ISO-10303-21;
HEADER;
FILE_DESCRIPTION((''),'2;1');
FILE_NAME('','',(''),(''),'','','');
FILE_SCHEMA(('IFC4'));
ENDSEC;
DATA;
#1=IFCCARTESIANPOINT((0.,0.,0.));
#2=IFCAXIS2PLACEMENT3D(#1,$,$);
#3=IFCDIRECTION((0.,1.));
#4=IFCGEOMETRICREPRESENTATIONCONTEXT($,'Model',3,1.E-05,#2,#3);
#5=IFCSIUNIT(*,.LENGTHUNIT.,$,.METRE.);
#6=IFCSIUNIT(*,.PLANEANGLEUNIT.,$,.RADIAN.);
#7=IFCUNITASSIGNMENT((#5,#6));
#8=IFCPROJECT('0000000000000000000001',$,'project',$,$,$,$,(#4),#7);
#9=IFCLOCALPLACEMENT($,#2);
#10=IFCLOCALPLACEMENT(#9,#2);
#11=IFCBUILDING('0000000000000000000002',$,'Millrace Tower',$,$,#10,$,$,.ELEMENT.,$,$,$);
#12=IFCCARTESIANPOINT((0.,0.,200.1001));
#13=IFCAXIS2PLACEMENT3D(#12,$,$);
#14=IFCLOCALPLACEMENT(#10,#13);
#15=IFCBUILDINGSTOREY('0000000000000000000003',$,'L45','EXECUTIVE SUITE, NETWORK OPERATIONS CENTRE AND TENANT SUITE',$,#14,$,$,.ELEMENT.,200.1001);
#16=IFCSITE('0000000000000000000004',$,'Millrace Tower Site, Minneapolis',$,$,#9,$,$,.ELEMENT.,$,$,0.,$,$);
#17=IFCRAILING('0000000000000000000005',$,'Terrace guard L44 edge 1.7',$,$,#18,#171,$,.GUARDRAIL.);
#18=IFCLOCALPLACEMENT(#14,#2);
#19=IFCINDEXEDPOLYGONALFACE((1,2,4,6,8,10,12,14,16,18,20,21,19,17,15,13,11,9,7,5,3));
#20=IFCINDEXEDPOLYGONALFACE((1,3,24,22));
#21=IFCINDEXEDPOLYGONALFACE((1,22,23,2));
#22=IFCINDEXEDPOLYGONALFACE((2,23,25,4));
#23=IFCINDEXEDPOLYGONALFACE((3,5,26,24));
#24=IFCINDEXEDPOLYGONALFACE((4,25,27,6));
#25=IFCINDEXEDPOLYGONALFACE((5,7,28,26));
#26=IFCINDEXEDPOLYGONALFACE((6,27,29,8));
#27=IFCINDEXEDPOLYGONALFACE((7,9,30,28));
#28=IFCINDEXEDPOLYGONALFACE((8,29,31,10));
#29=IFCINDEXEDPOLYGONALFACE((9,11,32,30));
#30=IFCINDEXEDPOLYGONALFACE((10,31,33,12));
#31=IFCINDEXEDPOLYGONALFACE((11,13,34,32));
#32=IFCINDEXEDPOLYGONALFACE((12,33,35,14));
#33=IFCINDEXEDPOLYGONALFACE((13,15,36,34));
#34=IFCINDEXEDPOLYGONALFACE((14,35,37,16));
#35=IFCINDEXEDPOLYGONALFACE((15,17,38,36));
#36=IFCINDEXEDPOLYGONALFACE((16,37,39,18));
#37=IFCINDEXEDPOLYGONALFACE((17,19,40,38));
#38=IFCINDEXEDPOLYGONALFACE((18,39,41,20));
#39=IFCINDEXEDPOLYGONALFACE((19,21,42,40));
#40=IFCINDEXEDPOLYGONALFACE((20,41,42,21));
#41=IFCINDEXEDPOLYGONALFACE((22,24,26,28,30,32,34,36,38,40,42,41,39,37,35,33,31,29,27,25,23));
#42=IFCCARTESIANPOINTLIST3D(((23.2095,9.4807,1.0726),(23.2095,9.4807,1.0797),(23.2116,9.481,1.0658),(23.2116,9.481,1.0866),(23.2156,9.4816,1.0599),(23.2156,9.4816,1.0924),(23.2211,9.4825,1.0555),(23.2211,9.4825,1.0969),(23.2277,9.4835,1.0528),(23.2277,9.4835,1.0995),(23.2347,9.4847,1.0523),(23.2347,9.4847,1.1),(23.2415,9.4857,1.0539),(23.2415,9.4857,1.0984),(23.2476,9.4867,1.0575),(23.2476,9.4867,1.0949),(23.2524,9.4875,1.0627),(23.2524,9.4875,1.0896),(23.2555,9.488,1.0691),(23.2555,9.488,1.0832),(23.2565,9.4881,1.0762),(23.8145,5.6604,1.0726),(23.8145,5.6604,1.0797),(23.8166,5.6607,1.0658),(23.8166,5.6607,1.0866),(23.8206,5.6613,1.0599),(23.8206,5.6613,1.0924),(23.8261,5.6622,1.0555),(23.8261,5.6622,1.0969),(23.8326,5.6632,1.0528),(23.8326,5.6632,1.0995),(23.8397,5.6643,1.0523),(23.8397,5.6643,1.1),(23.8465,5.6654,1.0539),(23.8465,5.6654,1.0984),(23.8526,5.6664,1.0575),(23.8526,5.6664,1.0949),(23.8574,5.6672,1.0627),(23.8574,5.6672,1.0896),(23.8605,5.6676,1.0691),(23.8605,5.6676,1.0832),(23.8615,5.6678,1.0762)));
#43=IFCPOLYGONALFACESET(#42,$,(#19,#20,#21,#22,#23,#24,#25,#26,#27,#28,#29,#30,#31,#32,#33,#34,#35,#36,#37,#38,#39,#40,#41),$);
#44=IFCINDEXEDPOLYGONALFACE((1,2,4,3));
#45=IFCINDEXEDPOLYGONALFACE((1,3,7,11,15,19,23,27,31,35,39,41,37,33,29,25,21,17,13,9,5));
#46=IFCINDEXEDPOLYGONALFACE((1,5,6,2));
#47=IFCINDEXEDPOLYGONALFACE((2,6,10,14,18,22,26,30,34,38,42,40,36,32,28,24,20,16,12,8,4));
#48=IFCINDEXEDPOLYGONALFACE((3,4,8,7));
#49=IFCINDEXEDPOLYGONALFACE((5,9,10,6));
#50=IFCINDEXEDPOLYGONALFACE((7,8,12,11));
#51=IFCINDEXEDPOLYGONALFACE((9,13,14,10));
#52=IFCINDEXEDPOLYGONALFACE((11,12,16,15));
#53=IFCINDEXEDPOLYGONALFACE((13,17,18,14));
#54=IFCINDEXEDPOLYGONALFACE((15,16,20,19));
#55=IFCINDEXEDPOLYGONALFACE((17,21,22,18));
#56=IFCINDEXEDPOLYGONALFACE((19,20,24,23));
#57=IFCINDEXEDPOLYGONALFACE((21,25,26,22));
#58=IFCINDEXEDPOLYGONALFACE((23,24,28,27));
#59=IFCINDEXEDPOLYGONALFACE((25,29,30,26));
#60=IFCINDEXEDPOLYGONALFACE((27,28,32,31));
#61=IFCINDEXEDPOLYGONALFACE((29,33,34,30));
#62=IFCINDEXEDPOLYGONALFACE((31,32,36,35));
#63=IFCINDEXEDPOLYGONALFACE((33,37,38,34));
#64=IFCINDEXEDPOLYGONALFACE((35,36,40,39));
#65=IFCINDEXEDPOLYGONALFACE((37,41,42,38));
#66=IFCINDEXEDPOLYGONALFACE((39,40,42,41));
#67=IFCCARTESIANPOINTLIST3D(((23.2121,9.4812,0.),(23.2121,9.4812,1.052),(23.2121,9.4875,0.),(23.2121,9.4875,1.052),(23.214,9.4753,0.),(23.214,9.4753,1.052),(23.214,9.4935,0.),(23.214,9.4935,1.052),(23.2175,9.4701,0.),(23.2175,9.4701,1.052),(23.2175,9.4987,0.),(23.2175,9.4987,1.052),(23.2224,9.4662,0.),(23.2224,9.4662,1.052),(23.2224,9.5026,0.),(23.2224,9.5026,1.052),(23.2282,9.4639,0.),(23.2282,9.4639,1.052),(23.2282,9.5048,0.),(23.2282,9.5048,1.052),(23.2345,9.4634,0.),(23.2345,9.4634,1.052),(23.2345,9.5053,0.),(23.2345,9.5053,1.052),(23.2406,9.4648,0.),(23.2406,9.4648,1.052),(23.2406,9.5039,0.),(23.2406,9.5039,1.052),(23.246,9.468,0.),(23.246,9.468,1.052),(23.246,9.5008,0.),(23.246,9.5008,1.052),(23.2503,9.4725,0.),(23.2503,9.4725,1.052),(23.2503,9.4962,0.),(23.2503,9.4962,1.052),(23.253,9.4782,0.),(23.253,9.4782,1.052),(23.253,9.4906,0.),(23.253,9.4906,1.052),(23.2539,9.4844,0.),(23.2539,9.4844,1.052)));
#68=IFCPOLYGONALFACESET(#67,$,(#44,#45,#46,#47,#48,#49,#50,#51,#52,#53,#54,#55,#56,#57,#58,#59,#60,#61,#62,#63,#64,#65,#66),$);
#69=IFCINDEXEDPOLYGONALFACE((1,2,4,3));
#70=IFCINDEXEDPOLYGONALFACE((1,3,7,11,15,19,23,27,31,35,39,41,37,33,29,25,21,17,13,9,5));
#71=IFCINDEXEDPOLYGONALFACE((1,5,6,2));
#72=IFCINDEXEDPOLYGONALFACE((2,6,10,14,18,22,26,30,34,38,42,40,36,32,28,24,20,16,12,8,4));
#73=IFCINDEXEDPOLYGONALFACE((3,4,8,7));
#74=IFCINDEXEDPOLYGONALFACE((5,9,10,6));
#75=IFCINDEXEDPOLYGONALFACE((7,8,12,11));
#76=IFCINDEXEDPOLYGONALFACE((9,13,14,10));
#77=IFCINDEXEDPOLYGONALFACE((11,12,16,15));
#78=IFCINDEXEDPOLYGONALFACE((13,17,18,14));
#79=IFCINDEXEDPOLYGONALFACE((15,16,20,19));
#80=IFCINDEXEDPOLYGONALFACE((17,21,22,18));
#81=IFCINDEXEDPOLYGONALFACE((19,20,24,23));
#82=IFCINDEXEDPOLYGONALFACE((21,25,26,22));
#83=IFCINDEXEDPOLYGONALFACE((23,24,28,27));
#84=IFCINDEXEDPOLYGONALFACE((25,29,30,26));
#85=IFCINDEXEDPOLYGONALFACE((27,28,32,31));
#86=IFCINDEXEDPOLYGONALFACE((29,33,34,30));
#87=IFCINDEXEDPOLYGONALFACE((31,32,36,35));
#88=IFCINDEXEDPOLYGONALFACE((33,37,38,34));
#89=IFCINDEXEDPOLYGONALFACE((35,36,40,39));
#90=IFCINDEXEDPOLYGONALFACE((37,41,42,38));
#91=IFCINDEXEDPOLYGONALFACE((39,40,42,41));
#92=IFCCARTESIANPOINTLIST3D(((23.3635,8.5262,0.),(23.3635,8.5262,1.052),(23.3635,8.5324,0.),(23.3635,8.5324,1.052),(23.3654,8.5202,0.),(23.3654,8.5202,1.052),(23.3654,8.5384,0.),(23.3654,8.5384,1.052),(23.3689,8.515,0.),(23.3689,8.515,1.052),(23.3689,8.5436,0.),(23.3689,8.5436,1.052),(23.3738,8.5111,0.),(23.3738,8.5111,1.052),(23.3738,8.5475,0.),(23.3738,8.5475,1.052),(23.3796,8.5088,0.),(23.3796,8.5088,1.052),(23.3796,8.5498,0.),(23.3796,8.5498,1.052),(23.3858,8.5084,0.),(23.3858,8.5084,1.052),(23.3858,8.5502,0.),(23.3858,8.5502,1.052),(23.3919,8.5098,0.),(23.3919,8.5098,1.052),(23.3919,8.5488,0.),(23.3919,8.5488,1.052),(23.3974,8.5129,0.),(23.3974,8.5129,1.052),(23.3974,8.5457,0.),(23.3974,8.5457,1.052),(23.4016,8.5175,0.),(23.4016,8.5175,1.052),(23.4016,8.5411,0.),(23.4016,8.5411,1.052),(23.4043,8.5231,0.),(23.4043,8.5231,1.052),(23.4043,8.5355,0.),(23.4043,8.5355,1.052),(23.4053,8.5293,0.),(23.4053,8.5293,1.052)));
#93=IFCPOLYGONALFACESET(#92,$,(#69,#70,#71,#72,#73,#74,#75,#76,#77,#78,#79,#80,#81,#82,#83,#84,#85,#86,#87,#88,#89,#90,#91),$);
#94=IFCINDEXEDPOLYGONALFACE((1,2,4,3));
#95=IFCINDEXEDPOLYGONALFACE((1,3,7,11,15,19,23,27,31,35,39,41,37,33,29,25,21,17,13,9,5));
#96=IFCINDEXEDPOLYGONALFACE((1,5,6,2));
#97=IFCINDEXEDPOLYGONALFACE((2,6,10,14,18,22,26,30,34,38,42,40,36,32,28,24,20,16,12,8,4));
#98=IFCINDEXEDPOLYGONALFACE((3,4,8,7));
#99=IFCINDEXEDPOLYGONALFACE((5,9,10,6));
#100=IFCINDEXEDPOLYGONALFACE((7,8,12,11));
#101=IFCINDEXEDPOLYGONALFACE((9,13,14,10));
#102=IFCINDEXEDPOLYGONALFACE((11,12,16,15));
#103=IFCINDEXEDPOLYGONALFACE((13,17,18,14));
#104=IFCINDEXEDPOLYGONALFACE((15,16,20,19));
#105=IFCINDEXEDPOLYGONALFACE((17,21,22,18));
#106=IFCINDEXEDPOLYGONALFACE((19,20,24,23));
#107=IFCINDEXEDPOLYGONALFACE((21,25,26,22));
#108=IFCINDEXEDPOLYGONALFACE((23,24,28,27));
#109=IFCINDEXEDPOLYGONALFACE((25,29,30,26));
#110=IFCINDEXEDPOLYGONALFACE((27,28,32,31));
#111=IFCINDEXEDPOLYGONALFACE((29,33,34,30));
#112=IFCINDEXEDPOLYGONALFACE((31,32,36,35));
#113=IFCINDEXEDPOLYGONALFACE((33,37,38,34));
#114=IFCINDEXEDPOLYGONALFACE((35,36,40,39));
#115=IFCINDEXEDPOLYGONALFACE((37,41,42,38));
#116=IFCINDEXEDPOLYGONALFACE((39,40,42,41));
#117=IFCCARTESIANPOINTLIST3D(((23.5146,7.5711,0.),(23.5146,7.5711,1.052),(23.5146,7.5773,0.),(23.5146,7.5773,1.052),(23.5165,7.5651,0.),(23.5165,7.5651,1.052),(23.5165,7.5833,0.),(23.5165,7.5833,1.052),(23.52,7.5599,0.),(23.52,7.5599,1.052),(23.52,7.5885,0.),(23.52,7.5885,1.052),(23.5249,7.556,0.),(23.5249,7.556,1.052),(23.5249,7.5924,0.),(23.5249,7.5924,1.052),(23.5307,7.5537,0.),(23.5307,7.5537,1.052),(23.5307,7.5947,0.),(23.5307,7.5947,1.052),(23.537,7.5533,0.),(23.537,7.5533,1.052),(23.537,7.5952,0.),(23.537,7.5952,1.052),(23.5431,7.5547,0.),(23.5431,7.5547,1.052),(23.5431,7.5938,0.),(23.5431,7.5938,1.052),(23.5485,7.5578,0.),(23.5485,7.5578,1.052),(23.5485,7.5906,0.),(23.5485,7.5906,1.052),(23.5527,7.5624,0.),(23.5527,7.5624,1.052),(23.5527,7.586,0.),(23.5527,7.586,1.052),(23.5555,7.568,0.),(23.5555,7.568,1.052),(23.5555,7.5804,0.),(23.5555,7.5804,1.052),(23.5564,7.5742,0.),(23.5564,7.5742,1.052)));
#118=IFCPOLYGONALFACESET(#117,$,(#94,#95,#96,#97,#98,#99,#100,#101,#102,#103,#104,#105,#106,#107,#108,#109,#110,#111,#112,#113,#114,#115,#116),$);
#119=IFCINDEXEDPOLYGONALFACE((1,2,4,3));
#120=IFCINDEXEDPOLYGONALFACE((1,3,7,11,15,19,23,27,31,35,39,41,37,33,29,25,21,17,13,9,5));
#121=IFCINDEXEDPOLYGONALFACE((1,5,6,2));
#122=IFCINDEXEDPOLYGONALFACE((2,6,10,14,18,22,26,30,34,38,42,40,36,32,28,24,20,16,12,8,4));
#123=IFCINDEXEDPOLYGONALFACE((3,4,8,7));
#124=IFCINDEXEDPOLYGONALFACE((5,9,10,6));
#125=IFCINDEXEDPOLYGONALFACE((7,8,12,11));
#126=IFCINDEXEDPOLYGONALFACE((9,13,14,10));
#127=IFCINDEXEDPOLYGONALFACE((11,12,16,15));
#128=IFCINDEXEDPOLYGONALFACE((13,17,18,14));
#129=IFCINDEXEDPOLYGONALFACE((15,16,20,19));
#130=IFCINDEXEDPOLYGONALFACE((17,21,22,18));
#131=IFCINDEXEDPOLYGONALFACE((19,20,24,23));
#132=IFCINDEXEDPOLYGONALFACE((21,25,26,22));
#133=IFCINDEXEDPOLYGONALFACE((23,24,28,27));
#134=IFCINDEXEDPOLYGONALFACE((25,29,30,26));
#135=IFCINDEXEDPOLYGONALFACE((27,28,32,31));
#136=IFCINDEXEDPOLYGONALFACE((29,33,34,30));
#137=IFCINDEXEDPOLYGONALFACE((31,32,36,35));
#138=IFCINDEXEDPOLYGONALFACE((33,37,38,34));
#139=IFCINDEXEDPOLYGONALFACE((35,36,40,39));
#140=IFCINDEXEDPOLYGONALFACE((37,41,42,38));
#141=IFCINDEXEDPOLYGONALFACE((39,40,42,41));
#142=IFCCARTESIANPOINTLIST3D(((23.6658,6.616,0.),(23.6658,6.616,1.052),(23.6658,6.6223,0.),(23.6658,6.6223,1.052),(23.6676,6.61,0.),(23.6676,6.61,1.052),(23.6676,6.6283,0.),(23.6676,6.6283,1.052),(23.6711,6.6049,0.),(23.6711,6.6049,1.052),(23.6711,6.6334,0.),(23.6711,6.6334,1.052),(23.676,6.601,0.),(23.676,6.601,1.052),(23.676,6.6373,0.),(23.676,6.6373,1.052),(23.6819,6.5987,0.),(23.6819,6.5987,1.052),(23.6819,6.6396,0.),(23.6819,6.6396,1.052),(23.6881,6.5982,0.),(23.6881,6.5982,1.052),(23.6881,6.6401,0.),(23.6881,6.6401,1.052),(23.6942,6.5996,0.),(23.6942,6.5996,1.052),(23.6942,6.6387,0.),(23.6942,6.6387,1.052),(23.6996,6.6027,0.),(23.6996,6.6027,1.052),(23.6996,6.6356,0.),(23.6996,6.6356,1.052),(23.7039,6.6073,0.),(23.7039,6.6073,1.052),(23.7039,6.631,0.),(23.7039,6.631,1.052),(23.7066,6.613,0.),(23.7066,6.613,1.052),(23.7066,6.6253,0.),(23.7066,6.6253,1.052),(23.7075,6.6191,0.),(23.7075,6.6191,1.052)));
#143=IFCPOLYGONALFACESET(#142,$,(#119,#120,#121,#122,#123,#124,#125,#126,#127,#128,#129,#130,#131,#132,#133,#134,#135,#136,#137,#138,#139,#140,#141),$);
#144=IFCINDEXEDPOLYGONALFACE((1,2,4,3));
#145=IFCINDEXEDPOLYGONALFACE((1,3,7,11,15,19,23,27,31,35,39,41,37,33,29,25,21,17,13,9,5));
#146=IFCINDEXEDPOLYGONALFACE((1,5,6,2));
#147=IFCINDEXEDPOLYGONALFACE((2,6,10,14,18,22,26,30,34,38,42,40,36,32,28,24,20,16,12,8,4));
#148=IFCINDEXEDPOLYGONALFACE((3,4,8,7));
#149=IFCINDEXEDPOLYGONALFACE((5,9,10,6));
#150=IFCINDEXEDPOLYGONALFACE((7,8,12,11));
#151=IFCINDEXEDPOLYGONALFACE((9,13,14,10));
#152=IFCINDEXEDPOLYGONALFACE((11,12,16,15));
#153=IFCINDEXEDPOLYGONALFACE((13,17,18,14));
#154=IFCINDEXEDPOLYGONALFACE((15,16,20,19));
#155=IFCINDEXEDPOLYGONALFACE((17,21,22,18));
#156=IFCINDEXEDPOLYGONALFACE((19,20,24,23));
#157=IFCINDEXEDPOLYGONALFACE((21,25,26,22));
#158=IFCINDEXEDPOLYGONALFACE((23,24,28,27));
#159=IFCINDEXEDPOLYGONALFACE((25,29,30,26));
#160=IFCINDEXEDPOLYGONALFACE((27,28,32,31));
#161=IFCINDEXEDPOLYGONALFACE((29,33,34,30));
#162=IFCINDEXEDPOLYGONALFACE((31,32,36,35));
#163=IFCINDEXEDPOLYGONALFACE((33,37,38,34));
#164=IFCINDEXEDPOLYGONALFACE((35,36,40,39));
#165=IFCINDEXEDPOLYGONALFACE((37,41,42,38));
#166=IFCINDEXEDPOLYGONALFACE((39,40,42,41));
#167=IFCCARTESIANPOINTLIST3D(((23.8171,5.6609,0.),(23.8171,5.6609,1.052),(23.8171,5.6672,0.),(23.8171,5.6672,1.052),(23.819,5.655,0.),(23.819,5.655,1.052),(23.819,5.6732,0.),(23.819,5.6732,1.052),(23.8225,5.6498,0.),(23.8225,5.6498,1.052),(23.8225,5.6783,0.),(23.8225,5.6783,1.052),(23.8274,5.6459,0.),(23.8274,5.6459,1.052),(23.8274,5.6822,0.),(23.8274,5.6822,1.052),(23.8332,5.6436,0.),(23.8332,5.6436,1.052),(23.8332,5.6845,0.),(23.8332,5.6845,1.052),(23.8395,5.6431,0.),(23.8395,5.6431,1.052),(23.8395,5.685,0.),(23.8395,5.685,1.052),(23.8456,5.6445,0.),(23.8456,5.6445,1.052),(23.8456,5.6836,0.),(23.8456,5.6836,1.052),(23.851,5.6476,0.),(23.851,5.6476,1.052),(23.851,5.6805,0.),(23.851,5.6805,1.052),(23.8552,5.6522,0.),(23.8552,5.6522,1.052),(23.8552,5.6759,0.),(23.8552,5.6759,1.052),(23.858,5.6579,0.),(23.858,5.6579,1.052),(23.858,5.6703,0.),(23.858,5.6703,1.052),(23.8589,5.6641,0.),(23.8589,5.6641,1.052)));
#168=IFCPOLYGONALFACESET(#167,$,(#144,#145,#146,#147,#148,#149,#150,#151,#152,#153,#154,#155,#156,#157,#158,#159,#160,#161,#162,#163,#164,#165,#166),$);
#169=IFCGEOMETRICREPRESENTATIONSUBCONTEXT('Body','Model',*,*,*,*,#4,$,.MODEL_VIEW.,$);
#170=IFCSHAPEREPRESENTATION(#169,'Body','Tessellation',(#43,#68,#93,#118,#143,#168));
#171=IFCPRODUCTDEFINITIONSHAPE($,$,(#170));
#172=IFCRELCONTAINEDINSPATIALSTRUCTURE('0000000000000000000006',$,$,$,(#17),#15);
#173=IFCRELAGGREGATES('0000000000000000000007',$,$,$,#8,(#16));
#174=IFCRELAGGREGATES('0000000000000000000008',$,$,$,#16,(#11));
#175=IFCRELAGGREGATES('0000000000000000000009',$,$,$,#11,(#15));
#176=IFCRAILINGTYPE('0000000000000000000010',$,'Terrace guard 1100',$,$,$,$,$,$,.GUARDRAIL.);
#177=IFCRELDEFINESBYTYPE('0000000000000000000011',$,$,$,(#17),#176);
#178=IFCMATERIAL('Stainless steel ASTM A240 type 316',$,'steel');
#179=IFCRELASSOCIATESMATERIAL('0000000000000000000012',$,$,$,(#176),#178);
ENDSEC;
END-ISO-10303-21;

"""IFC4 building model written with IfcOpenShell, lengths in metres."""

from ifc_helpers import new_model, si_unit, direction, frame, origin, origin_2d, place, context, subcontext, project, spatial, circle, extrude, material, type_object, element, save


model = new_model("IFC4")

# Units and contexts
model_context = context("Model", 3, precision=1e-05, world=origin(), true_north=direction((0.0, 1.0)))
body_context = subcontext(model_context, "Body", "Model", "MODEL_VIEW")
ifc_project = project(units=[si_unit("LENGTHUNIT", "METRE"), si_unit("PLANEANGLEUNIT", "RADIAN")], contexts=[model_context])

# Site, building, storey
site_placement = place(None, origin())
site = spatial("IfcSite", under=ifc_project, at=site_placement, Name="Millrace Tower Site, Minneapolis", CompositionType="ELEMENT", RefElevation=0.0)
building_placement = place(site_placement, origin())
building = spatial("IfcBuilding", under=site, at=building_placement, Name="Millrace Tower", CompositionType="ELEMENT")
storey_placement = place(building_placement, frame((0.0, 0.0, 200.1001)))
storey = spatial("IfcBuildingStorey", under=building, at=storey_placement, Name="L45", Description="EXECUTIVE SUITE, NETWORK OPERATIONS CENTRE AND TENANT SUITE", CompositionType="ELEMENT", Elevation=200.1001)

# Railing
ifc_material_1 = material(Name="Stainless steel ASTM A240 type 316", Category="steel")
railing_type = type_object("IfcRailingType", Name="Terrace guard 1100", PredefinedType="GUARDRAIL", material=ifc_material_1)
for number, where, name in (
    (1, (23.2329, 9.4844, 0.0), "Terrace guard L44 edge 1.7"),
):
    element("IfcRailing", number, at=place(storey_placement, frame(where)), inside=storey, type_object=railing_type, Name=name, PredefinedType="GUARDRAIL", context=body_context, shape_type="SweptSolid", body=[
        extrude(circle(Radius=0.0239, at=origin_2d()), frame((0.0, 0.0, 1.0762), z_axis=(0.15641, -0.987692, 0.0), x_axis=(0.987692, 0.15641, 0.0)), (0.0, 0.0, 1.0), 3.8679),
        extrude(circle(Radius=0.021, at=origin_2d()), origin(), (0.0, 0.0, 1.0), 1.052),
        extrude(circle(Radius=0.021, at=origin_2d()), frame((0.1514, -0.9551, 0.0)), (0.0, 0.0, 1.0), 1.052),
        extrude(circle(Radius=0.021, at=origin_2d()), frame((0.3025, -1.9102, 0.0)), (0.0, 0.0, 1.0), 1.052),
        extrude(circle(Radius=0.021, at=origin_2d()), frame((0.4536, -2.8652, 0.0)), (0.0, 0.0, 1.0), 1.052),
        extrude(circle(Radius=0.021, at=origin_2d()), frame((0.605, -3.8203, 0.0)), (0.0, 0.0, 1.0), 1.052),
    ])

save(model, "model.ifc")
